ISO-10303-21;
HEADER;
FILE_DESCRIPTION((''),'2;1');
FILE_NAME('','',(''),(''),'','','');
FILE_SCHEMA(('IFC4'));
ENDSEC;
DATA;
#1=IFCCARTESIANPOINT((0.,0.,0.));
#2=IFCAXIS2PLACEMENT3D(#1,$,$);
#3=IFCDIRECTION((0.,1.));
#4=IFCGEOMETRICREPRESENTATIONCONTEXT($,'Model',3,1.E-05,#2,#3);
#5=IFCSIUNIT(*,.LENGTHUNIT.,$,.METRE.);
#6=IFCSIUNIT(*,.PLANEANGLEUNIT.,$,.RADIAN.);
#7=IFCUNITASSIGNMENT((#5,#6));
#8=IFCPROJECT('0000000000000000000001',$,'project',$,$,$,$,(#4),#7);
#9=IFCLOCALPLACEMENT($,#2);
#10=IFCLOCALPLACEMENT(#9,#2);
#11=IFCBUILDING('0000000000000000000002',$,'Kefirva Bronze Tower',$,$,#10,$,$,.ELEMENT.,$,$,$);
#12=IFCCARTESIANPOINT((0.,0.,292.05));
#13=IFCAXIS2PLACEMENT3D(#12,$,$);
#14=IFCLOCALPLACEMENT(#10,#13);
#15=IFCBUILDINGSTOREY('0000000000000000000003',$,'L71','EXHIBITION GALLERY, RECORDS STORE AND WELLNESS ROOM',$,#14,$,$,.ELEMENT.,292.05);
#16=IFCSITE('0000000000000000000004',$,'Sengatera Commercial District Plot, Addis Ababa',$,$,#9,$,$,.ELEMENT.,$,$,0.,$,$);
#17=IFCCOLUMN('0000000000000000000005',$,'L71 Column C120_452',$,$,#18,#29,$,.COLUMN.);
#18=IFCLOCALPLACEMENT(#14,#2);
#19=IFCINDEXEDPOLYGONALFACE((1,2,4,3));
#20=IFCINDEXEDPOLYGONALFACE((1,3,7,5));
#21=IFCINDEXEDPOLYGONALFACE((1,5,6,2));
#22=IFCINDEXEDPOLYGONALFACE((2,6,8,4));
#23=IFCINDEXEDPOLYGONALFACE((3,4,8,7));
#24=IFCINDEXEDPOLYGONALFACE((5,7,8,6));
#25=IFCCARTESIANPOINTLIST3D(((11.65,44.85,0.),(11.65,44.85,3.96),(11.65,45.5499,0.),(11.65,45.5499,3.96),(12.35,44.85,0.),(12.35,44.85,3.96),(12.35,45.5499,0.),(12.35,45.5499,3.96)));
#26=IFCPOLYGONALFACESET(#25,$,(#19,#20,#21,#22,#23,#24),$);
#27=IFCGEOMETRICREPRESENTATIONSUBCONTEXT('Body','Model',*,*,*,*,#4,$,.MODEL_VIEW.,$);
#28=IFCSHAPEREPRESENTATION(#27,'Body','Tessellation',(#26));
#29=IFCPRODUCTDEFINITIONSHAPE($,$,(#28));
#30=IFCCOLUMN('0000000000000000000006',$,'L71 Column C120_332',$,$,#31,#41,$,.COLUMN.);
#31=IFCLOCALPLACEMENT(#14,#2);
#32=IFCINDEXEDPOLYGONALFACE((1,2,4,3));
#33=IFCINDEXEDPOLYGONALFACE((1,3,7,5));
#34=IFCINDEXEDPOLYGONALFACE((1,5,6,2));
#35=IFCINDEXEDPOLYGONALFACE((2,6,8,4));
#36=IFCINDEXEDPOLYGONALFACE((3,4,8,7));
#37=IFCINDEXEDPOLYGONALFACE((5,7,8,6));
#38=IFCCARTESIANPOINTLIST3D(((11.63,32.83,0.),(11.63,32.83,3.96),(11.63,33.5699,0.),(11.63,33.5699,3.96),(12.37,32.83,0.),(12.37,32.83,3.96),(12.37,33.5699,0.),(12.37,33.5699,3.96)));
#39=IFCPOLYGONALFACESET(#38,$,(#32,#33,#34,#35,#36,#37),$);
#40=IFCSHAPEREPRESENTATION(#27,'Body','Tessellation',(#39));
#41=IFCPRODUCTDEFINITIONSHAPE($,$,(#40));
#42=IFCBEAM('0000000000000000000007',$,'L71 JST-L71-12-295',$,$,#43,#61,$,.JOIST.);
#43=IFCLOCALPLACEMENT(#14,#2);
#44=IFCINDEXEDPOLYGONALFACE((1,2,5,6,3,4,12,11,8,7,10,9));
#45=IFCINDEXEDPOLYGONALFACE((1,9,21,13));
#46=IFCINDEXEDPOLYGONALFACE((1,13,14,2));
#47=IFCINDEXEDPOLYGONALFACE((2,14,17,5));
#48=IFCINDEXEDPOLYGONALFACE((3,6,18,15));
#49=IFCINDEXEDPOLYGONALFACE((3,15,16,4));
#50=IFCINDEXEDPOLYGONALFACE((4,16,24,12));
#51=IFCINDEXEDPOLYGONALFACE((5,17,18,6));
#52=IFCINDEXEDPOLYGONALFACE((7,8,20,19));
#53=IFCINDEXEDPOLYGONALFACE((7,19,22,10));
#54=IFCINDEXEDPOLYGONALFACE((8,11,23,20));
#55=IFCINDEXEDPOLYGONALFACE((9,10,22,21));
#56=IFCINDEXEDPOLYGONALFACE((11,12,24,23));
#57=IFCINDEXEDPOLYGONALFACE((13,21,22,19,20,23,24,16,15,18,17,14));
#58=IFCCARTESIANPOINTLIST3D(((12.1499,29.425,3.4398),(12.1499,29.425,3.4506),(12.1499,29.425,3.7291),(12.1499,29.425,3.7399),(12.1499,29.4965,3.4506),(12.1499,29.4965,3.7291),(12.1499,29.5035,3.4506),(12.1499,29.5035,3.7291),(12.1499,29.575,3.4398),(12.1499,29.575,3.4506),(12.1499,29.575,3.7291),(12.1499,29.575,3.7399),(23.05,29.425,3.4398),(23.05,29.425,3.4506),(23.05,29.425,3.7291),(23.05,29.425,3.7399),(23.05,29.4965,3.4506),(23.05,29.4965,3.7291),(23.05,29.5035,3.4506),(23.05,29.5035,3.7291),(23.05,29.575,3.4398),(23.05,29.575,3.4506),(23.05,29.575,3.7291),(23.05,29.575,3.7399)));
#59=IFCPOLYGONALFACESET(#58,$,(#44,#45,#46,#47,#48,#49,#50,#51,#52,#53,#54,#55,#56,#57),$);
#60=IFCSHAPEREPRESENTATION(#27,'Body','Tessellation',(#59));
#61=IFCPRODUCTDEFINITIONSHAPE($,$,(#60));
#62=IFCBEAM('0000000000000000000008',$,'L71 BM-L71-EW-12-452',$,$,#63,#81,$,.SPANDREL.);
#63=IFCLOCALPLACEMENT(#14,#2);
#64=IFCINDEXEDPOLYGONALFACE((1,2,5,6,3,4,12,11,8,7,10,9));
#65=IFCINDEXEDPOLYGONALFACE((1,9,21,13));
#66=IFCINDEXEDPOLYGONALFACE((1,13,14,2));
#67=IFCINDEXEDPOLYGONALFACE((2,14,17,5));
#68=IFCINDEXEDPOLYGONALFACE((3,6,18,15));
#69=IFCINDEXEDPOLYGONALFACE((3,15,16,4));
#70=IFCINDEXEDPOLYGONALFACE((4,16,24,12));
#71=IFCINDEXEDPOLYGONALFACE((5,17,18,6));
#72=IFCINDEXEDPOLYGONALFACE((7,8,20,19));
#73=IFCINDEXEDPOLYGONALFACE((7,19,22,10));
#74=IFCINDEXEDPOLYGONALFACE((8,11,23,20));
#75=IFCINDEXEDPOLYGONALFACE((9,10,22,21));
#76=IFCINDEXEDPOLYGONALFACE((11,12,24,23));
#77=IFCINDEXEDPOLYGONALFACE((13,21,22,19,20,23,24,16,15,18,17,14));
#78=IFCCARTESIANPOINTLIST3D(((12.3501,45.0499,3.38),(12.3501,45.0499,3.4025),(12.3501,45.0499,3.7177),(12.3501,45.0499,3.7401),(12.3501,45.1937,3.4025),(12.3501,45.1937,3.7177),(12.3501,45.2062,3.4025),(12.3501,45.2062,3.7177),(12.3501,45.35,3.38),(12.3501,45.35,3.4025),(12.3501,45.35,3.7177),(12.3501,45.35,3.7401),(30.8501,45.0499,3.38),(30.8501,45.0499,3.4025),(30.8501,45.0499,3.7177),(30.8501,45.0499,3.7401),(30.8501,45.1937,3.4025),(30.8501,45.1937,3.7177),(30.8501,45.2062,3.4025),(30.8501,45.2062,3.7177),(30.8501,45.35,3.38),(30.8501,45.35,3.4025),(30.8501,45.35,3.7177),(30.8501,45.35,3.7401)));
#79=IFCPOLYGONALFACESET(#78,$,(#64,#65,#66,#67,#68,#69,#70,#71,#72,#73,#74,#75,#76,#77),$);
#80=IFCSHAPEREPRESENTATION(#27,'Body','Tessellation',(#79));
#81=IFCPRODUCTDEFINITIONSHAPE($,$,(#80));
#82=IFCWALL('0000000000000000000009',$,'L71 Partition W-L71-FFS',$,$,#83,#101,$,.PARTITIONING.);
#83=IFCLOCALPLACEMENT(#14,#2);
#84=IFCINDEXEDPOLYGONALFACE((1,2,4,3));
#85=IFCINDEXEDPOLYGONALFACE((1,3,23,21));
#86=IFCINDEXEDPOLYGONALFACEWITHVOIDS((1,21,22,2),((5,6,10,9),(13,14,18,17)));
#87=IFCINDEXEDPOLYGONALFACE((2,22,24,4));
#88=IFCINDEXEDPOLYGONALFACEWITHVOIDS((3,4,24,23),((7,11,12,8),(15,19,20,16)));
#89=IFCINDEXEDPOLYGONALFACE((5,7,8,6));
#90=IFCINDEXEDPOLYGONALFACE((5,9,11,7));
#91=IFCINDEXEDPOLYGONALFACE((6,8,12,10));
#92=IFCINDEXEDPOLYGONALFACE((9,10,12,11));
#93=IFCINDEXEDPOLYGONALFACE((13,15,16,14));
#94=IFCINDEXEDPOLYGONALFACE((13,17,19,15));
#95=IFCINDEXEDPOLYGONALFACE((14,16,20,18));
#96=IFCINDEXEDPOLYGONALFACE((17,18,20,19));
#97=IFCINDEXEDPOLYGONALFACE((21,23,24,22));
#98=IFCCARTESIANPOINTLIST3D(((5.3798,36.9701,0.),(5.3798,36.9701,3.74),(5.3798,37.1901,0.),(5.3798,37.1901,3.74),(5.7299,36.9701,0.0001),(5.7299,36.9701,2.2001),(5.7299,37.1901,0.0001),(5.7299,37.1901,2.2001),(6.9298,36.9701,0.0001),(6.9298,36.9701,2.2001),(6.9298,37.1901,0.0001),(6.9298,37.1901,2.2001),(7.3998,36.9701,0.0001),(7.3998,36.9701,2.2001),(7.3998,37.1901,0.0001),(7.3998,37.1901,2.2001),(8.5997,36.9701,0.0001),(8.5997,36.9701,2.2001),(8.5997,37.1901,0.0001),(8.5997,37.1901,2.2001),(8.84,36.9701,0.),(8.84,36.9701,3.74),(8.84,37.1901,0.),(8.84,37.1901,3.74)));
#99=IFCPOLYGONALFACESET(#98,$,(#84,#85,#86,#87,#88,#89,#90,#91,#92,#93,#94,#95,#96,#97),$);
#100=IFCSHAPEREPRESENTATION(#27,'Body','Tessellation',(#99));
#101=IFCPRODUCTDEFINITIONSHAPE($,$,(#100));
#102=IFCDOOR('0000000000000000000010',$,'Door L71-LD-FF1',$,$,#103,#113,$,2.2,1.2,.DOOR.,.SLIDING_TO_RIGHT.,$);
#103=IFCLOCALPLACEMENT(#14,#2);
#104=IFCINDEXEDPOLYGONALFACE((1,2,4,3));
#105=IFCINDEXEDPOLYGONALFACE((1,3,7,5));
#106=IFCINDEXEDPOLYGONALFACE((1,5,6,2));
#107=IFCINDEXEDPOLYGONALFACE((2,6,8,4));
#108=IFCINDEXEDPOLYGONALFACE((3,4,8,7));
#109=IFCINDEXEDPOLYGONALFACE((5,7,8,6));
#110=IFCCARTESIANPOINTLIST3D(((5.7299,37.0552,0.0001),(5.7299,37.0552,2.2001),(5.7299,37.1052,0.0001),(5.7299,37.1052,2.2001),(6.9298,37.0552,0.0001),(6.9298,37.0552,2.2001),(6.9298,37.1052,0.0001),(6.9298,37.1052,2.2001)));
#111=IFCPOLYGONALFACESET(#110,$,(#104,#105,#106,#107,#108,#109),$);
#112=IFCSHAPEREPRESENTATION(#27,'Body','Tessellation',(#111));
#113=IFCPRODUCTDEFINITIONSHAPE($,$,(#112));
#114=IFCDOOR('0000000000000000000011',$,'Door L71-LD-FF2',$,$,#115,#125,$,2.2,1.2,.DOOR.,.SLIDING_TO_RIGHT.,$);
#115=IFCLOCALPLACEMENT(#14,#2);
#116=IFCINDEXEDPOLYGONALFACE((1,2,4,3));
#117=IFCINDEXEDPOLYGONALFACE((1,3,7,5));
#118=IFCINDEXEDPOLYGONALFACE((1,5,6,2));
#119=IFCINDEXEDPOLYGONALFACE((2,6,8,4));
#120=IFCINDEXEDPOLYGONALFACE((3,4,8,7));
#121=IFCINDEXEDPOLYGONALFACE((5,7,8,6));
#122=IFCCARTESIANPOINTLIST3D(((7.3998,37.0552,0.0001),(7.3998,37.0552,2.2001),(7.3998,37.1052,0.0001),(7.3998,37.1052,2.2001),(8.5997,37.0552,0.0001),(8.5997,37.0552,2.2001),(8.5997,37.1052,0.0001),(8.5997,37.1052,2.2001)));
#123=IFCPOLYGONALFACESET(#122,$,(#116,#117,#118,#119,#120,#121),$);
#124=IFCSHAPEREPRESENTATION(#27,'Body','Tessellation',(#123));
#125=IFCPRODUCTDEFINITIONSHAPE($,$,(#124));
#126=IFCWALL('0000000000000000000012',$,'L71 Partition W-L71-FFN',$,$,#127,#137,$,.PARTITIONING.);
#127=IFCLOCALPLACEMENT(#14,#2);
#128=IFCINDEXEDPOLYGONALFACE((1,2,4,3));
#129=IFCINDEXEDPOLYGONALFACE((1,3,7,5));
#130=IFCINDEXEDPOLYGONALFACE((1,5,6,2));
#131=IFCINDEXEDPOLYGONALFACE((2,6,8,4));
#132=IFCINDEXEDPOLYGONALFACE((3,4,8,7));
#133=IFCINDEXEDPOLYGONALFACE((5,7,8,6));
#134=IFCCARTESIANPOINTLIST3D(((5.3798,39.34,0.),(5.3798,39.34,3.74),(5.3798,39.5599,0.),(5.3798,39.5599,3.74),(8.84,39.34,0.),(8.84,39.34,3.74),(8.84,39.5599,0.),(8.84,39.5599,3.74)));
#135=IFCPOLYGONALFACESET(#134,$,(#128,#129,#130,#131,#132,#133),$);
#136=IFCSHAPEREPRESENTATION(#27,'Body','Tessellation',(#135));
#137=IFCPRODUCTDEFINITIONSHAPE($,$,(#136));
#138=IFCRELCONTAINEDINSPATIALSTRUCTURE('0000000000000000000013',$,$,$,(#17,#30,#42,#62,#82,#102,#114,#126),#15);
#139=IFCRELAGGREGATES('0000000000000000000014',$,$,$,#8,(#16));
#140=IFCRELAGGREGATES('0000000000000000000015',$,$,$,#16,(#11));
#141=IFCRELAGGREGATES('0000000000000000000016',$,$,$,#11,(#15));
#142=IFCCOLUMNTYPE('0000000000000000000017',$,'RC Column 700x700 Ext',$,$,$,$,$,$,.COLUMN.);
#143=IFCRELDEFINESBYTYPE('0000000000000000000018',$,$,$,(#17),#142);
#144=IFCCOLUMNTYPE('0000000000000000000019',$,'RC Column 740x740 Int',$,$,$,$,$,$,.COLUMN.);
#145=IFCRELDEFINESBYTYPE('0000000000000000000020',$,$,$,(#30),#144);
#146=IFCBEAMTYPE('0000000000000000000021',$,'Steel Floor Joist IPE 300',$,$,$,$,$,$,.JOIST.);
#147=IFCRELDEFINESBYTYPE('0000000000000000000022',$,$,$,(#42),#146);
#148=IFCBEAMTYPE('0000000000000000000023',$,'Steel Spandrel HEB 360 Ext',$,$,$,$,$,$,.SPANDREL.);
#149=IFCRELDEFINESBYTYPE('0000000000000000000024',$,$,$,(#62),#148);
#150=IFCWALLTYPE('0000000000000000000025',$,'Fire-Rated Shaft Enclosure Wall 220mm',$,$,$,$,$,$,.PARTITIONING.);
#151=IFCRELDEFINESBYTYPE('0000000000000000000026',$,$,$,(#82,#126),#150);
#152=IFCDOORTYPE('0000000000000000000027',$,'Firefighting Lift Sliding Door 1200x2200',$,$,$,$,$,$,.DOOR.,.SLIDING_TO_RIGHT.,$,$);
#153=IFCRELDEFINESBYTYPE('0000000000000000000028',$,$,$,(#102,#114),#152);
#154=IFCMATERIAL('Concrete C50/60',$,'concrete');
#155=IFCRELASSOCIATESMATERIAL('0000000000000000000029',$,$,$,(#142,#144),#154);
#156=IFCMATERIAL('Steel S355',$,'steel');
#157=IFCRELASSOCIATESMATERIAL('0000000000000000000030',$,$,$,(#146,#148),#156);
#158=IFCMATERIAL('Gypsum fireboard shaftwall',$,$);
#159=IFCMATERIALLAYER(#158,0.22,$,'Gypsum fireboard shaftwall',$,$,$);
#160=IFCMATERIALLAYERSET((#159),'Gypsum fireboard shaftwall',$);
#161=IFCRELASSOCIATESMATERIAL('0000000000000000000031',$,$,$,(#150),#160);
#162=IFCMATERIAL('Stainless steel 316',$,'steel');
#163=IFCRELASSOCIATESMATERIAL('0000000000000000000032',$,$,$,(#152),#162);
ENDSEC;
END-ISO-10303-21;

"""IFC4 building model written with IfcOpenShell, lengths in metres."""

from ifc_helpers import new_model, si_unit, direction, frame, frame_2d, origin, origin_2d, place, context, subcontext, project, spatial, rectangle, i_section, extrude, material, layer, layer_set, material_profile, profile_set, type_object, element, fill, save


model = new_model("IFC4")

# Units and contexts
model_context = context("Model", 3, precision=1e-05, world=origin(), true_north=direction((0.0, 1.0)))
body_context = subcontext(model_context, "Body", "Model", "MODEL_VIEW")
ifc_project = project(units=[si_unit("LENGTHUNIT", "METRE"), si_unit("PLANEANGLEUNIT", "RADIAN")], contexts=[model_context])

# Site, building, storey
site_placement = place(None, origin())
site = spatial("IfcSite", under=ifc_project, at=site_placement, Name="Sengatera Commercial District Plot, Addis Ababa", CompositionType="ELEMENT", RefElevation=0.0)
building_placement = place(site_placement, origin())
building = spatial("IfcBuilding", under=site, at=building_placement, Name="Kefirva Bronze Tower", CompositionType="ELEMENT")
storey_placement = place(building_placement, frame((0.0, 0.0, 292.05)))
storey = spatial("IfcBuildingStorey", under=building, at=storey_placement, Name="L71", Description="EXHIBITION GALLERY, RECORDS STORE AND WELLNESS ROOM", CompositionType="ELEMENT", Elevation=292.05)

# Columns
ifc_material_1 = material(Name="Concrete C50/60", Category="concrete")
ifc_material_profile_1 = material_profile(ifc_material_1, rectangle(XDim=0.7, YDim=0.7, at=origin_2d()), Name="RC 700x700")
ifc_profile_set_1 = profile_set([ifc_material_profile_1], Name="Concrete C50/60")
column_type_1 = type_object("IfcColumnType", Name="RC Column 700x700 Ext", PredefinedType="COLUMN", material=ifc_profile_set_1)
column_1_placement = place(storey_placement, frame((12.0, 45.2, 0.0), z_axis=(0.0, 0.0, 1.0), x_axis=(1.0, 0.0, 0.0)))
element("IfcColumn", 1, at=column_1_placement, inside=storey, type_object=column_type_1, Name="L71 Column C120_452", PredefinedType="COLUMN", context=body_context, shape_type="SweptSolid", body=[
    extrude(rectangle(XDim=0.7, YDim=0.7, at=origin_2d()), origin(), (0.0, 0.0, 1.0), 3.96),
])
ifc_material_profile_2 = material_profile(ifc_material_1, rectangle(XDim=0.74, YDim=0.74, at=origin_2d()), Name="RC 740x740")
ifc_profile_set_2 = profile_set([ifc_material_profile_2], Name="Concrete C50/60")
column_type_2 = type_object("IfcColumnType", Name="RC Column 740x740 Int", PredefinedType="COLUMN", material=ifc_profile_set_2)
column_2_placement = place(storey_placement, frame((12.0, 33.2, 0.0), z_axis=(0.0, 0.0, 1.0), x_axis=(1.0, 0.0, 0.0)))
element("IfcColumn", 2, at=column_2_placement, inside=storey, type_object=column_type_2, Name="L71 Column C120_332", PredefinedType="COLUMN", context=body_context, shape_type="SweptSolid", body=[
    extrude(rectangle(XDim=0.74, YDim=0.74, at=origin_2d()), origin(), (0.0, 0.0, 1.0), 3.96),
])

# Beams
ifc_material_2 = material(Name="Steel S355", Category="steel")
ifc_material_profile_3 = material_profile(ifc_material_2, i_section(OverallWidth=0.1499, OverallDepth=0.3, WebThickness=0.0071, FlangeThickness=0.0107, at=origin_2d()), Name="IPE 300")
ifc_profile_set_3 = profile_set([ifc_material_profile_3], Name="Steel S355")
beam_type_1 = type_object("IfcBeamType", Name="Steel Floor Joist IPE 300", PredefinedType="JOIST", material=ifc_profile_set_3)
beam_1_placement = place(storey_placement, frame((12.1499, 29.5, 3.5898), z_axis=(1.0, 0.0, 0.0), x_axis=(0.0, 1.0, 0.0)))
element("IfcBeam", 3, at=beam_1_placement, inside=storey, type_object=beam_type_1, Name="L71 JST-L71-12-295", PredefinedType="JOIST", context=body_context, shape_type="SweptSolid", body=[
    extrude(i_section(OverallWidth=0.1499, OverallDepth=0.3, WebThickness=0.0071, FlangeThickness=0.0107, at=origin_2d()), origin(), (0.0, 0.0, 1.0), 10.9001),
])
ifc_material_profile_4 = material_profile(ifc_material_2, i_section(OverallWidth=0.3, OverallDepth=0.3601, WebThickness=0.0125, FlangeThickness=0.0225, at=origin_2d()), Name="HEB 360")
ifc_profile_set_4 = profile_set([ifc_material_profile_4], Name="Steel S355")
beam_type_2 = type_object("IfcBeamType", Name="Steel Spandrel HEB 360 Ext", PredefinedType="SPANDREL", material=ifc_profile_set_4)
beam_2_placement = place(storey_placement, frame((12.3501, 45.2, 3.5601), z_axis=(1.0, 0.0, 0.0), x_axis=(0.0, 1.0, 0.0)))
element("IfcBeam", 4, at=beam_2_placement, inside=storey, type_object=beam_type_2, Name="L71 BM-L71-EW-12-452", PredefinedType="SPANDREL", context=body_context, shape_type="SweptSolid", body=[
    extrude(i_section(OverallWidth=0.3, OverallDepth=0.3601, WebThickness=0.0125, FlangeThickness=0.0225, at=origin_2d()), origin(), (0.0, 0.0, 1.0), 18.5),
])

# Wall, openings, doors
ifc_material_3 = material(Name="Gypsum fireboard shaftwall")
ifc_layer_1 = layer(ifc_material_3, 0.22, Name="Gypsum fireboard shaftwall")
ifc_layer_set_1 = layer_set([ifc_layer_1], Name="Gypsum fireboard shaftwall")
wall_type_1 = type_object("IfcWallType", Name="Fire-Rated Shaft Enclosure Wall 220mm", PredefinedType="PARTITIONING", material=ifc_layer_set_1)
wall_1_placement = place(storey_placement, frame((5.3799, 37.0801, 0.0), z_axis=(0.0, 0.0, 1.0), x_axis=(1.0, 0.0, 0.0)))
wall_1 = element("IfcWall", 5, at=wall_1_placement, inside=storey, type_object=wall_type_1, Name="L71 Partition W-L71-FFS", PredefinedType="PARTITIONING", context=body_context, shape_type="SweptSolid", body=[
    extrude(rectangle(XDim=3.4602, YDim=0.22, at=frame_2d((1.73, 0.0))), origin(), (0.0, 0.0, 1.0), 3.74),
])
opening_1_placement = place(wall_1_placement, frame((1.55, 0.0, 0.0), z_axis=(0.0, 0.0, 1.0), x_axis=(-1.0, 0.0, 0.0)))
opening_1 = element("IfcOpeningElement", 6, at=opening_1_placement, cuts=wall_1, PredefinedType="OPENING", context=body_context, shape_type="SweptSolid", body=[
    extrude(rectangle(XDim=1.2, YDim=2.2, at=frame_2d((0.6001, 1.1001))), frame((0.0, 0.1201, 0.0), z_axis=(0.0, -1.0, 0.0), x_axis=(1.0, 0.0, 0.0)), (0.0, 0.0, 1.0), 0.24),
])
opening_2_placement = place(wall_1_placement, frame((3.22, 0.0, 0.0), z_axis=(0.0, 0.0, 1.0), x_axis=(-1.0, 0.0, 0.0)))
opening_2 = element("IfcOpeningElement", 7, at=opening_2_placement, cuts=wall_1, PredefinedType="OPENING", context=body_context, shape_type="SweptSolid", body=[
    extrude(rectangle(XDim=1.2, YDim=2.2, at=frame_2d((0.6001, 1.1001))), frame((0.0, 0.1201, 0.0), z_axis=(0.0, -1.0, 0.0), x_axis=(1.0, 0.0, 0.0)), (0.0, 0.0, 1.0), 0.24),
])
ifc_material_4 = material(Name="Stainless steel 316", Category="steel")
door_type_1 = type_object("IfcDoorType", Name="Firefighting Lift Sliding Door 1200x2200", OperationType="SLIDING_TO_RIGHT", PredefinedType="DOOR", material=ifc_material_4)
door_1_placement = place(opening_1_placement, origin())
door_1 = element("IfcDoor", 8, at=door_1_placement, inside=storey, type_object=door_type_1, Name="Door L71-LD-FF1", OperationType="SLIDING_TO_RIGHT", OverallHeight=2.2, OverallWidth=1.2, PredefinedType="DOOR", context=body_context, shape_type="SweptSolid", body=[
    extrude(rectangle(XDim=1.2, YDim=2.2, at=frame_2d((0.6001, 1.1001))), frame((0.0, 0.0249, 0.0), z_axis=(0.0, -1.0, 0.0), x_axis=(1.0, 0.0, 0.0)), (0.0, 0.0, 1.0), 0.05),
])
fill(opening_1, door_1)
door_2_placement = place(opening_2_placement, origin())
door_2 = element("IfcDoor", 9, at=door_2_placement, inside=storey, type_object=door_type_1, Name="Door L71-LD-FF2", OperationType="SLIDING_TO_RIGHT", OverallHeight=2.2, OverallWidth=1.2, PredefinedType="DOOR", context=body_context, shape_type="SweptSolid", body=[
    extrude(rectangle(XDim=1.2, YDim=2.2, at=frame_2d((0.6001, 1.1001))), frame((0.0, 0.0249, 0.0), z_axis=(0.0, -1.0, 0.0), x_axis=(1.0, 0.0, 0.0)), (0.0, 0.0, 1.0), 0.05),
])
fill(opening_2, door_2)

# Wall
wall_2_placement = place(storey_placement, frame((5.3799, 39.45, 0.0), z_axis=(0.0, 0.0, 1.0), x_axis=(1.0, 0.0, 0.0)))
element("IfcWall", 10, at=wall_2_placement, inside=storey, type_object=wall_type_1, Name="L71 Partition W-L71-FFN", PredefinedType="PARTITIONING", context=body_context, shape_type="SweptSolid", body=[
    extrude(rectangle(XDim=3.4602, YDim=0.22, at=frame_2d((1.73, 0.0))), origin(), (0.0, 0.0, 1.0), 3.74),
])

save(model, "model.ifc")
